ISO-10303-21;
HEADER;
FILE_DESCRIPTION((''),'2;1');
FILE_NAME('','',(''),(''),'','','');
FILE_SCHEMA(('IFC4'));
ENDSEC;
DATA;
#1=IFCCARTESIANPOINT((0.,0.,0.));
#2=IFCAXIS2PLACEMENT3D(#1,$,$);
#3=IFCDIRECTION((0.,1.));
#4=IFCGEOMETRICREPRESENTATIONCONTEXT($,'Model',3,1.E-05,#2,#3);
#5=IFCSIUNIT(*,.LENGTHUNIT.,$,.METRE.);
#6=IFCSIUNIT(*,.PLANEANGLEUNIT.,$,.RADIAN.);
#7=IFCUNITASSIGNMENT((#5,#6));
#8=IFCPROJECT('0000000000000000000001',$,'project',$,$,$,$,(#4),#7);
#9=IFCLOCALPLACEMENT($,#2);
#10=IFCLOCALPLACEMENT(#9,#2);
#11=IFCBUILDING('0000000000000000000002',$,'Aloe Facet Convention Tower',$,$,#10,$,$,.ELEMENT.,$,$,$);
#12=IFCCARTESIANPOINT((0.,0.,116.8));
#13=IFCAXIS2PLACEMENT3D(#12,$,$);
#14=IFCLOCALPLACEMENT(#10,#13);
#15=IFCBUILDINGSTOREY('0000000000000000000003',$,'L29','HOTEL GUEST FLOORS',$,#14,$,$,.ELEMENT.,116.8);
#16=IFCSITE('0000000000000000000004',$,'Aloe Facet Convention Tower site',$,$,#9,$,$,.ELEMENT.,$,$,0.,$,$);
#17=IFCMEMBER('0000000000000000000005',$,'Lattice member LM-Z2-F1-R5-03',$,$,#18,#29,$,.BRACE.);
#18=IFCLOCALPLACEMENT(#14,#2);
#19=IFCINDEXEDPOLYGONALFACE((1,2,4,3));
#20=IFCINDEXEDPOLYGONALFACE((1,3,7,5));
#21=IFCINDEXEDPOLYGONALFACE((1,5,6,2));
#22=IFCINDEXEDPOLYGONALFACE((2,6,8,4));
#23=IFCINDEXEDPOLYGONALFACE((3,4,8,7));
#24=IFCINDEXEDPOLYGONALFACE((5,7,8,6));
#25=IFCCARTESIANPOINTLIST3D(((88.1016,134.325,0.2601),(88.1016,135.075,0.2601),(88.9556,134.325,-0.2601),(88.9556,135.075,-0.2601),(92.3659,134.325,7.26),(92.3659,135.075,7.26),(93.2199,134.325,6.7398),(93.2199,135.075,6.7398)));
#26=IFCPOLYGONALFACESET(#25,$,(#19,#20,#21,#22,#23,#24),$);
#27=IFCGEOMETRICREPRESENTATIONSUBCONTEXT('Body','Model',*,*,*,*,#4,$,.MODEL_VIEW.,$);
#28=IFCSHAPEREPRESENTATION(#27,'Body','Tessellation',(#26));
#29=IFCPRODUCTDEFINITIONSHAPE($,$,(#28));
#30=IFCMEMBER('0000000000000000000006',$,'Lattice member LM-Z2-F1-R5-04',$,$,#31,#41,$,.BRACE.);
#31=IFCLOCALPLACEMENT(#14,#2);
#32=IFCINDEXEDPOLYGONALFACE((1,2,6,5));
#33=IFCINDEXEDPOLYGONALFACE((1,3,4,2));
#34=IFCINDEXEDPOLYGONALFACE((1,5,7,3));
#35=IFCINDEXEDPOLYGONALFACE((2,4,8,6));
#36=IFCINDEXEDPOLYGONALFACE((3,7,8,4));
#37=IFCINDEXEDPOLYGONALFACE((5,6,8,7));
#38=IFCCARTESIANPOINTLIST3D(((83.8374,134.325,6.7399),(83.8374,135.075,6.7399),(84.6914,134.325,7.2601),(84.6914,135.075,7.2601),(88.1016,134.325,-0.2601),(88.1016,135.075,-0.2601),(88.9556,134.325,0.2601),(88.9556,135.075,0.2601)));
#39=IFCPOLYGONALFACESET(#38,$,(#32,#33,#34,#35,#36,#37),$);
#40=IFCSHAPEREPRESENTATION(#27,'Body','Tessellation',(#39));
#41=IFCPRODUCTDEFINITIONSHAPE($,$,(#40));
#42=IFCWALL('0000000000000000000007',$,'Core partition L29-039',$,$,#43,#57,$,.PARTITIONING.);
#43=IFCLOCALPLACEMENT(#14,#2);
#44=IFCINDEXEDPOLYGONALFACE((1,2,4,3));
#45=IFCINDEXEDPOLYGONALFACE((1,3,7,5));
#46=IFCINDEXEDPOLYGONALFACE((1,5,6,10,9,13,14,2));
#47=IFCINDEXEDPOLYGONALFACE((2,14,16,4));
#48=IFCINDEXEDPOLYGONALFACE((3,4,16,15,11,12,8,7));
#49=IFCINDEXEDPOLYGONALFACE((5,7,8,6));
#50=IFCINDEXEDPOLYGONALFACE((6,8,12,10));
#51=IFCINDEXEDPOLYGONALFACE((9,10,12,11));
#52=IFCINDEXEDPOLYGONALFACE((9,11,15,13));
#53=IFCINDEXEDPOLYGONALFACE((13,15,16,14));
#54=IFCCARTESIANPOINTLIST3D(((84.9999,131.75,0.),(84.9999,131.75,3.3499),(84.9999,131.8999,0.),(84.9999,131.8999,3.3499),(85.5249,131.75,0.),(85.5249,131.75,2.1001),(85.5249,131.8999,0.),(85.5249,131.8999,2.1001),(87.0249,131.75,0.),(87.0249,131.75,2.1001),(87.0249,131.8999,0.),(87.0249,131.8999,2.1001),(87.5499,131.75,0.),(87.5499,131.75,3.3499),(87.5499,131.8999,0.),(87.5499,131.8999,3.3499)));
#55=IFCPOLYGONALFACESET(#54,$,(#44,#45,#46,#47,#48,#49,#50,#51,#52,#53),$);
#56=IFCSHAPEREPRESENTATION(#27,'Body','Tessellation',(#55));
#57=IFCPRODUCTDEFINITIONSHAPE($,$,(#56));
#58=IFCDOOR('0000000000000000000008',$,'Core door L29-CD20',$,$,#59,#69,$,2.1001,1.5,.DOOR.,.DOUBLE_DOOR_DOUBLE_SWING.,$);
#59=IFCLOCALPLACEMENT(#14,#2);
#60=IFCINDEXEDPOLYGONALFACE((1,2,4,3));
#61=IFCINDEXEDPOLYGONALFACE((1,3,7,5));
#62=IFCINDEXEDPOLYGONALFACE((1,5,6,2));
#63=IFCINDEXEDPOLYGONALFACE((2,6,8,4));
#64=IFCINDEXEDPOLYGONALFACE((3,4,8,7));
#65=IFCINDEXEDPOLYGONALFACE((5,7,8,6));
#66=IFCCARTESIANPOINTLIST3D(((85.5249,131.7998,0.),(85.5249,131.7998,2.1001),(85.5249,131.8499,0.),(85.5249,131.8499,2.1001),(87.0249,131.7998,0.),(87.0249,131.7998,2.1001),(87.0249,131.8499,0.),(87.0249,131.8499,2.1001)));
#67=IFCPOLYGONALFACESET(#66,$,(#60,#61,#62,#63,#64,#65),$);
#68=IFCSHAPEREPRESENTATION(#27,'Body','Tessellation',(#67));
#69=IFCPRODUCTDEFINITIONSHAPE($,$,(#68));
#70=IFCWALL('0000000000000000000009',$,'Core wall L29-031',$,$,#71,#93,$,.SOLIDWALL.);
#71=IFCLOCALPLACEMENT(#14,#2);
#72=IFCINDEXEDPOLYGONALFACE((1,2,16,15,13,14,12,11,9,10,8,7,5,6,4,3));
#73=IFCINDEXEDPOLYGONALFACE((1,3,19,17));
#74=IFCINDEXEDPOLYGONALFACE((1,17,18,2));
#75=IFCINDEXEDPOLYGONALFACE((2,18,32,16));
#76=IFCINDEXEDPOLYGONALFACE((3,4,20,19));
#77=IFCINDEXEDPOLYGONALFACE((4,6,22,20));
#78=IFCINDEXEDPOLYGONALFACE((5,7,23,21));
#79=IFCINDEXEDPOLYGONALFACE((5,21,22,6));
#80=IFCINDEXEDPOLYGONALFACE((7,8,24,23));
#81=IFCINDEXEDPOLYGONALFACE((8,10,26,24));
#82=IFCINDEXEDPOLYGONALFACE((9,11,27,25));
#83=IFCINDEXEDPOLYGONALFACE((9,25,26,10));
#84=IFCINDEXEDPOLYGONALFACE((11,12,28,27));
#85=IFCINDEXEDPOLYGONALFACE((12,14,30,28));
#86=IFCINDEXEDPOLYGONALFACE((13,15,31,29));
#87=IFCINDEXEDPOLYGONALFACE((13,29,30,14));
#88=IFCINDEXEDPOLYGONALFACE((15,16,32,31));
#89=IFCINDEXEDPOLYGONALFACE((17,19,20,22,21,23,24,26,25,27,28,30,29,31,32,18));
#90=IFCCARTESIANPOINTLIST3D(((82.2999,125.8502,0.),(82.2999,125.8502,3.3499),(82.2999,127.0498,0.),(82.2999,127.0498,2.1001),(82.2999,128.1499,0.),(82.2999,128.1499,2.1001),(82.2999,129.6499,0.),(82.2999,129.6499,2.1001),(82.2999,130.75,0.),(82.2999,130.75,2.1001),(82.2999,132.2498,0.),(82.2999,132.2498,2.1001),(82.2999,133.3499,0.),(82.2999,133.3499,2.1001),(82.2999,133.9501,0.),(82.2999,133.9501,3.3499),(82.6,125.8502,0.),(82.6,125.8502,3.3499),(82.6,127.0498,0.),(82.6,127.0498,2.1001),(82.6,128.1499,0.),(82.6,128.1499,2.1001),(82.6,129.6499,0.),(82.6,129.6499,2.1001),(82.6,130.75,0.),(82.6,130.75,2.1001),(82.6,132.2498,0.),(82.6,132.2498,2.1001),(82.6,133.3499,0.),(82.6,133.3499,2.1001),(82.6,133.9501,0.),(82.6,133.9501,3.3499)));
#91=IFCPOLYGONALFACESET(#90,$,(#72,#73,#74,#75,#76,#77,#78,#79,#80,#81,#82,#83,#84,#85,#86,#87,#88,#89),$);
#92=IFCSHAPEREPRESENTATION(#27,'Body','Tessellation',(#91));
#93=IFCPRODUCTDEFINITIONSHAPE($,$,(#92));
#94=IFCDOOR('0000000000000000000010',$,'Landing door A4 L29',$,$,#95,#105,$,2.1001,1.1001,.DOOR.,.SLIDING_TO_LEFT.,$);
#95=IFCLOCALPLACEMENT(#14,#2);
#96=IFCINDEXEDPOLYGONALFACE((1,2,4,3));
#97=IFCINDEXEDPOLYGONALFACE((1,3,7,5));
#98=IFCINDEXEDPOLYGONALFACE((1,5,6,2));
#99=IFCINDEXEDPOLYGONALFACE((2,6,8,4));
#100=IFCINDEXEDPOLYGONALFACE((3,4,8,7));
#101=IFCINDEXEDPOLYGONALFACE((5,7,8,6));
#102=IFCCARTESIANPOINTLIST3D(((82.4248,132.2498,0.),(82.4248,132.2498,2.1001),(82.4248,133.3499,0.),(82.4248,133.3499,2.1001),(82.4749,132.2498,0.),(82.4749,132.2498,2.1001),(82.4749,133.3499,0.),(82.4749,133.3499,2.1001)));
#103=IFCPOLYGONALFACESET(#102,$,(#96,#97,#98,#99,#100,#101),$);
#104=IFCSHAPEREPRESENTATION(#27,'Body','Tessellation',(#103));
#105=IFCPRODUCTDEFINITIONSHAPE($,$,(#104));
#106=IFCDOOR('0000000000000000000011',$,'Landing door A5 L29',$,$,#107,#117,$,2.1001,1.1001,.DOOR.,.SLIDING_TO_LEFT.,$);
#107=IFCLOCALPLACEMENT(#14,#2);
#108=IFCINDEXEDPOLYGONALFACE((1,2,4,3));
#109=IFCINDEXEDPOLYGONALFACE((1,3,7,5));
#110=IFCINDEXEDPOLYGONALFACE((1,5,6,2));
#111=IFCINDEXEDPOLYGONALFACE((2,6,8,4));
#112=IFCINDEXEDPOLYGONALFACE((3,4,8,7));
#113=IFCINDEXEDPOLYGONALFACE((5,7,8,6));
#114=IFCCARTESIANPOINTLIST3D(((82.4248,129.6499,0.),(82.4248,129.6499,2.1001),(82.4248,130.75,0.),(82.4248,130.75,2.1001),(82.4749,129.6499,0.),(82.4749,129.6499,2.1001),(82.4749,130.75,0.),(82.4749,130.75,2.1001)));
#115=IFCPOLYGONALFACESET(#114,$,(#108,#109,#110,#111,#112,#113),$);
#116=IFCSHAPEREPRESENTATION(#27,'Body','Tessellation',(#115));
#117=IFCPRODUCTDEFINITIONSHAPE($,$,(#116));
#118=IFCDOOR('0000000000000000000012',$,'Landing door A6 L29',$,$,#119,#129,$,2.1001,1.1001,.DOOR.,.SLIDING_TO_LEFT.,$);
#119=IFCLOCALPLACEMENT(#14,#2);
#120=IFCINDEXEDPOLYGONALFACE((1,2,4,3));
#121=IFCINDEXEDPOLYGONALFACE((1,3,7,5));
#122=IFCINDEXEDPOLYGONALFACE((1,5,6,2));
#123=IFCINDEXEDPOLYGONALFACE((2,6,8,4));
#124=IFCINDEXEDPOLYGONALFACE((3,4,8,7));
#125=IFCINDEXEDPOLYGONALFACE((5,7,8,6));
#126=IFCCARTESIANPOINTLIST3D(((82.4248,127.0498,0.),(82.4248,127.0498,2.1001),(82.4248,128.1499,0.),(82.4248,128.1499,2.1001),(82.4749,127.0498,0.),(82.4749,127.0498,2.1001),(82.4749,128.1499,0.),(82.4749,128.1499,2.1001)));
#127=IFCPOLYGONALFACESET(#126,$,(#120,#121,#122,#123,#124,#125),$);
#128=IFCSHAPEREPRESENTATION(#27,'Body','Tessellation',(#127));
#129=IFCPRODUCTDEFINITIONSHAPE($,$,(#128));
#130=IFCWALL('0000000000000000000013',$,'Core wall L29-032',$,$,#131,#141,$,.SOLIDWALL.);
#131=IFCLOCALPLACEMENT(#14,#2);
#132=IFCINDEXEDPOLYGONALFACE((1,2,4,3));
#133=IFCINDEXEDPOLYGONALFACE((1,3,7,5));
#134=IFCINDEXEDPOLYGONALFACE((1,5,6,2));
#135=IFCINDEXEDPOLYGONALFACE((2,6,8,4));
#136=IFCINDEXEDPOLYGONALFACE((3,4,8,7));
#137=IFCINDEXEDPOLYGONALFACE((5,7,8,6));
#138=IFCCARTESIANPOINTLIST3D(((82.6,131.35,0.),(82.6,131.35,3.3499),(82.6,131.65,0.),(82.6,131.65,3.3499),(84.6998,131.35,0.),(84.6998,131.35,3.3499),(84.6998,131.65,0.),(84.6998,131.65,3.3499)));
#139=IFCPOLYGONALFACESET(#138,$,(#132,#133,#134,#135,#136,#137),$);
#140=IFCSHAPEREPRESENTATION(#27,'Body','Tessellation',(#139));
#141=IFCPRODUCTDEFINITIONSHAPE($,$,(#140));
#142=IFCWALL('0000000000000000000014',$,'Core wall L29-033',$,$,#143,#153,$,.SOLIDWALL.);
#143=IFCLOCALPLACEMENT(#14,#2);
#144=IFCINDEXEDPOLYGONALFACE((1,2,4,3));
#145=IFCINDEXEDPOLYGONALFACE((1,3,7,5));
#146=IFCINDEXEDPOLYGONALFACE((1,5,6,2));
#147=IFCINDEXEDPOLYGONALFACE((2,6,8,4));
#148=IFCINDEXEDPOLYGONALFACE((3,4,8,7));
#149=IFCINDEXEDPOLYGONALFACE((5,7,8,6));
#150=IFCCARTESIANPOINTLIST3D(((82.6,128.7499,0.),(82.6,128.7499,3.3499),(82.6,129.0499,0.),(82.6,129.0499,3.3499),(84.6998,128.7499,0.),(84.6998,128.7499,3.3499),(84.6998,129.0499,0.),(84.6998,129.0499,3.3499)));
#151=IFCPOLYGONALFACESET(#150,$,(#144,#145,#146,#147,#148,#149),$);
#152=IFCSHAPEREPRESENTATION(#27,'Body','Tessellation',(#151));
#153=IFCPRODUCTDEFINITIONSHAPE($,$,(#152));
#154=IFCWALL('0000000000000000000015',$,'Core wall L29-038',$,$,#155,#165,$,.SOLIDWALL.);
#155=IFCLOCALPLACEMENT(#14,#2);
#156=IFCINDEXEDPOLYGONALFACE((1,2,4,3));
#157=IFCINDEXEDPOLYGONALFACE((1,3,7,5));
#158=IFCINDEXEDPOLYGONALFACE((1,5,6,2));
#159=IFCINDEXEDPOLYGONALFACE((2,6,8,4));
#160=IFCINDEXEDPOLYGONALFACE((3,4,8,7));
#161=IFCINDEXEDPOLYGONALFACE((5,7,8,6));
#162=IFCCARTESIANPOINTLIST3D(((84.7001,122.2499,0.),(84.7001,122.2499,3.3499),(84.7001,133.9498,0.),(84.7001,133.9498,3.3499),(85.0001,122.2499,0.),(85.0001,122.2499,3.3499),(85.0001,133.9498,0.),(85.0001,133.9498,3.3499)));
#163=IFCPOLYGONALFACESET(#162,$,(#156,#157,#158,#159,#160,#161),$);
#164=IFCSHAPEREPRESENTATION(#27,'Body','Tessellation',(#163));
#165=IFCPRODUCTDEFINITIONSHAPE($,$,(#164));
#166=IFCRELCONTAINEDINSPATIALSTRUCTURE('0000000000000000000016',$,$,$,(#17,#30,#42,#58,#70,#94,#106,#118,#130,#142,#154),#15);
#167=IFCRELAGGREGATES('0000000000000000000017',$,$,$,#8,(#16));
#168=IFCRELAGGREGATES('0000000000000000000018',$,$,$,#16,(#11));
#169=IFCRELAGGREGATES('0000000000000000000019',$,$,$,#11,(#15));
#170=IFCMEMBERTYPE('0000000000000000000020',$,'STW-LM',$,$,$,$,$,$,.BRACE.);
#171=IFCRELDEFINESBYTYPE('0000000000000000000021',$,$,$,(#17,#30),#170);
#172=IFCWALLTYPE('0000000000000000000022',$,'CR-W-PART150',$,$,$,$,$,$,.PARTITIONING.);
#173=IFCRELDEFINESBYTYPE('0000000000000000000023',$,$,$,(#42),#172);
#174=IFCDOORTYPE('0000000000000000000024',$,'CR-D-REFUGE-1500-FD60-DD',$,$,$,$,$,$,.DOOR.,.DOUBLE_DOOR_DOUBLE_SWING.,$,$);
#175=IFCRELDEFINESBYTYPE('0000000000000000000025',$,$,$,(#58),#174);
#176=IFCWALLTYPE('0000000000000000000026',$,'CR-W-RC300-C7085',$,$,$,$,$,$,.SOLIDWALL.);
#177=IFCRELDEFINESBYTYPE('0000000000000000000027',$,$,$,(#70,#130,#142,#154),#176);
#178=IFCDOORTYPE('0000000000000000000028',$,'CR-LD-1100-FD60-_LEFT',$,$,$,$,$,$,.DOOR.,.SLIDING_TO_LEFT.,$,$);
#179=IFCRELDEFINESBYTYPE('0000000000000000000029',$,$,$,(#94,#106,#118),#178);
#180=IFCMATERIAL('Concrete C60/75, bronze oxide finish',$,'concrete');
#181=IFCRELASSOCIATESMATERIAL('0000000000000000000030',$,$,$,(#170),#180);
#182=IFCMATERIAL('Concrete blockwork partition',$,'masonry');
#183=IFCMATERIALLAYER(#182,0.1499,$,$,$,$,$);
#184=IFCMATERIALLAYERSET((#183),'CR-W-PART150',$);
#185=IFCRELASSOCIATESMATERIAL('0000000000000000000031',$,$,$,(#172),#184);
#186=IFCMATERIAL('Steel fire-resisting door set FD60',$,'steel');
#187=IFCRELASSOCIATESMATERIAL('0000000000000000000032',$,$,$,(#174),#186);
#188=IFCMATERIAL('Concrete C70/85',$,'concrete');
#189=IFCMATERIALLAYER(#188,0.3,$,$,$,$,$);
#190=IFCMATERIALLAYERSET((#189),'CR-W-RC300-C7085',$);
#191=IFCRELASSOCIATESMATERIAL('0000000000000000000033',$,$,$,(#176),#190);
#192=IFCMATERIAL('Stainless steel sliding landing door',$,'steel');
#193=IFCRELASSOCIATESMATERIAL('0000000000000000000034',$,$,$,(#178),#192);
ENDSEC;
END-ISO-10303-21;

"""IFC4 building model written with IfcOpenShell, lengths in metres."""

from ifc_helpers import new_model, si_unit, direction, frame, frame_2d, origin, origin_2d, place, context, subcontext, project, spatial, rectangle, extrude, material, layer, layer_set, material_profile, profile_set, type_object, element, fill, save


model = new_model("IFC4")

# Units and contexts
model_context = context("Model", 3, precision=1e-05, world=origin(), true_north=direction((0.0, 1.0)))
body_context = subcontext(model_context, "Body", "Model", "MODEL_VIEW")
ifc_project = project(units=[si_unit("LENGTHUNIT", "METRE"), si_unit("PLANEANGLEUNIT", "RADIAN")], contexts=[model_context])

# Site, building, storey
site_placement = place(None, origin())
site = spatial("IfcSite", under=ifc_project, at=site_placement, Name="Aloe Facet Convention Tower site", CompositionType="ELEMENT", RefElevation=0.0)
building_placement = place(site_placement, origin())
building = spatial("IfcBuilding", under=site, at=building_placement, Name="Aloe Facet Convention Tower", CompositionType="ELEMENT")
storey_placement = place(building_placement, frame((0.0, 0.0, 116.8)))
storey = spatial("IfcBuildingStorey", under=building, at=storey_placement, Name="L29", Description="HOTEL GUEST FLOORS", CompositionType="ELEMENT", Elevation=116.8)

# Members
ifc_material_1 = material(Name="Concrete C60/75, bronze oxide finish", Category="concrete")
ifc_material_profile = material_profile(ifc_material_1, rectangle(XDim=0.75, YDim=1.0, at=origin_2d()), Name="STW-LM")
ifc_profile_set = profile_set([ifc_material_profile], Name="Concrete C60/75, bronze oxide finish")
member_type = type_object("IfcMemberType", Name="STW-LM", PredefinedType="BRACE", material=ifc_profile_set)
for number, where, z_axis, x_axis, name in (
    (1, (88.5286, 134.7, 0.0), (0.520262, 0.0, 0.854007), (0.0, 1.0, 0.0), "Lattice member LM-Z2-F1-R5-03"),
    (2, (88.5286, 134.7, 0.0), (-0.52024, 0.0, 0.85402), (0.0, -1.0, 0.0), "Lattice member LM-Z2-F1-R5-04"),
):
    element("IfcMember", number, at=place(storey_placement, frame(where, z_axis=z_axis, x_axis=x_axis)), inside=storey, type_object=member_type, Name=name, PredefinedType="BRACE", context=body_context, shape_type="SweptSolid", body=[
        extrude(rectangle(XDim=0.75, YDim=1.0, at=origin_2d()), origin(), (0.0, 0.0, 1.0), 8.1965),
    ])

# Wall, opening, door
ifc_material_2 = material(Name="Concrete blockwork partition", Category="masonry")
ifc_layer_1 = layer(ifc_material_2, 0.1499)
ifc_layer_set_1 = layer_set([ifc_layer_1], Name="CR-W-PART150")
wall_type_1 = type_object("IfcWallType", Name="CR-W-PART150", PredefinedType="PARTITIONING", material=ifc_layer_set_1)
wall_1_placement = place(storey_placement, frame((85.0, 131.825, 0.0), z_axis=(0.0, 0.0, 1.0), x_axis=(1.0, 0.0, 0.0)))
wall_1 = element("IfcWall", 3, at=wall_1_placement, inside=storey, type_object=wall_type_1, Name="Core partition L29-039", PredefinedType="PARTITIONING", context=body_context, shape_type="SweptSolid", body=[
    extrude(rectangle(XDim=2.55, YDim=0.1499, at=frame_2d((1.2749, 0.0))), origin(), (0.0, 0.0, 1.0), 3.3499),
])
opening_1_placement = place(wall_1_placement, frame((0.5249, 0.0, 0.0)))
opening_1 = element("IfcOpeningElement", 4, at=opening_1_placement, cuts=wall_1, PredefinedType="OPENING", context=body_context, shape_type="SweptSolid", body=[
    extrude(rectangle(XDim=1.5, YDim=2.1001, at=frame_2d((0.75, 1.05))), frame((0.0, 0.085, 0.0), z_axis=(0.0, -1.0, 0.0), x_axis=(1.0, 0.0, 0.0)), (0.0, 0.0, 1.0), 0.1699),
])
ifc_material_3 = material(Name="Steel fire-resisting door set FD60", Category="steel")
door_type_1 = type_object("IfcDoorType", Name="CR-D-REFUGE-1500-FD60-DD", OperationType="DOUBLE_DOOR_DOUBLE_SWING", PredefinedType="DOOR", material=ifc_material_3)
door_1_placement = place(opening_1_placement, origin())
door_1 = element("IfcDoor", 5, at=door_1_placement, inside=storey, type_object=door_type_1, Name="Core door L29-CD20", OperationType="DOUBLE_DOOR_DOUBLE_SWING", OverallHeight=2.1001, OverallWidth=1.5, PredefinedType="DOOR", context=body_context, shape_type="SweptSolid", body=[
    extrude(rectangle(XDim=1.5, YDim=2.1001, at=frame_2d((0.75, 1.05))), frame((0.0, 0.0249, 0.0), z_axis=(0.0, -1.0, 0.0), x_axis=(1.0, 0.0, 0.0)), (0.0, 0.0, 1.0), 0.05),
])
fill(opening_1, door_1)

# Wall, openings, doors
ifc_material_4 = material(Name="Concrete C70/85", Category="concrete")
ifc_layer_2 = layer(ifc_material_4, 0.3)
ifc_layer_set_2 = layer_set([ifc_layer_2], Name="CR-W-RC300-C7085")
wall_type_2 = type_object("IfcWallType", Name="CR-W-RC300-C7085", PredefinedType="SOLIDWALL", material=ifc_layer_set_2)
wall_2_placement = place(storey_placement, frame((82.45, 133.95, 0.0), z_axis=(0.0, 0.0, 1.0), x_axis=(0.0, -1.0, 0.0)))
wall_2 = element("IfcWall", 6, at=wall_2_placement, inside=storey, type_object=wall_type_2, Name="Core wall L29-031", PredefinedType="SOLIDWALL", context=body_context, shape_type="SweptSolid", body=[
    extrude(rectangle(XDim=8.0999, YDim=0.3, at=frame_2d((4.0498, 0.0))), origin(), (0.0, 0.0, 1.0), 3.3499),
])
opening_2_placement = place(wall_2_placement, frame((0.6001, 0.0, 0.0)))
opening_2 = element("IfcOpeningElement", 7, at=opening_2_placement, cuts=wall_2, PredefinedType="OPENING", context=body_context, shape_type="SweptSolid", body=[
    extrude(rectangle(XDim=1.1001, YDim=2.1001, at=frame_2d((0.55, 1.05))), frame((0.0, 0.1602, 0.0), z_axis=(0.0, -1.0, 0.0), x_axis=(1.0, 0.0, 0.0)), (0.0, 0.0, 1.0), 0.3201),
])
opening_3_placement = place(wall_2_placement, frame((3.2, 0.0, 0.0)))
opening_3 = element("IfcOpeningElement", 8, at=opening_3_placement, cuts=wall_2, PredefinedType="OPENING", context=body_context, shape_type="SweptSolid", body=[
    extrude(rectangle(XDim=1.1001, YDim=2.1001, at=frame_2d((0.55, 1.05))), frame((0.0, 0.1602, 0.0), z_axis=(0.0, -1.0, 0.0), x_axis=(1.0, 0.0, 0.0)), (0.0, 0.0, 1.0), 0.3201),
])
opening_4_placement = place(wall_2_placement, frame((5.8, 0.0, 0.0)))
opening_4 = element("IfcOpeningElement", 9, at=opening_4_placement, cuts=wall_2, PredefinedType="OPENING", context=body_context, shape_type="SweptSolid", body=[
    extrude(rectangle(XDim=1.1001, YDim=2.1001, at=frame_2d((0.55, 1.05))), frame((0.0, 0.1602, 0.0), z_axis=(0.0, -1.0, 0.0), x_axis=(1.0, 0.0, 0.0)), (0.0, 0.0, 1.0), 0.3201),
])
ifc_material_5 = material(Name="Stainless steel sliding landing door", Category="steel")
door_type_2 = type_object("IfcDoorType", Name="CR-LD-1100-FD60-_LEFT", OperationType="SLIDING_TO_LEFT", PredefinedType="DOOR", material=ifc_material_5)
door_2_placement = place(opening_2_placement, origin())
door_2 = element("IfcDoor", 10, at=door_2_placement, inside=storey, type_object=door_type_2, Name="Landing door A4 L29", OperationType="SLIDING_TO_LEFT", OverallHeight=2.1001, OverallWidth=1.1001, PredefinedType="DOOR", context=body_context, shape_type="SweptSolid", body=[
    extrude(rectangle(XDim=1.1001, YDim=2.1001, at=frame_2d((0.55, 1.05))), frame((0.0, 0.0249, 0.0), z_axis=(0.0, -1.0, 0.0), x_axis=(1.0, 0.0, 0.0)), (0.0, 0.0, 1.0), 0.05),
])
fill(opening_2, door_2)
door_3_placement = place(opening_3_placement, origin())
door_3 = element("IfcDoor", 11, at=door_3_placement, inside=storey, type_object=door_type_2, Name="Landing door A5 L29", OperationType="SLIDING_TO_LEFT", OverallHeight=2.1001, OverallWidth=1.1001, PredefinedType="DOOR", context=body_context, shape_type="SweptSolid", body=[
    extrude(rectangle(XDim=1.1001, YDim=2.1001, at=frame_2d((0.55, 1.05))), frame((0.0, 0.0249, 0.0), z_axis=(0.0, -1.0, 0.0), x_axis=(1.0, 0.0, 0.0)), (0.0, 0.0, 1.0), 0.05),
])
fill(opening_3, door_3)
door_4_placement = place(opening_4_placement, origin())
door_4 = element("IfcDoor", 12, at=door_4_placement, inside=storey, type_object=door_type_2, Name="Landing door A6 L29", OperationType="SLIDING_TO_LEFT", OverallHeight=2.1001, OverallWidth=1.1001, PredefinedType="DOOR", context=body_context, shape_type="SweptSolid", body=[
    extrude(rectangle(XDim=1.1001, YDim=2.1001, at=frame_2d((0.55, 1.05))), frame((0.0, 0.0249, 0.0), z_axis=(0.0, -1.0, 0.0), x_axis=(1.0, 0.0, 0.0)), (0.0, 0.0, 1.0), 0.05),
])
fill(opening_4, door_4)

# Walls
for number, where, z_axis, x_axis, name in (
    (13, (82.6001, 131.5, 0.0), (0.0, 0.0, 1.0), (1.0, 0.0, 0.0), "Core wall L29-032"),
    (14, (82.6001, 128.8999, 0.0), (0.0, 0.0, 1.0), (1.0, 0.0, 0.0), "Core wall L29-033"),
):
    element("IfcWall", number, at=place(storey_placement, frame(where, z_axis=z_axis, x_axis=x_axis)), inside=storey, type_object=wall_type_2, Name=name, PredefinedType="SOLIDWALL", context=body_context, shape_type="SweptSolid", body=[
        extrude(rectangle(XDim=2.0999, YDim=0.3, at=frame_2d((1.0498, 0.0))), origin(), (0.0, 0.0, 1.0), 3.3499),
    ])
wall_3_placement = place(storey_placement, frame((84.8501, 133.95, 0.0), z_axis=(0.0, 0.0, 1.0), x_axis=(0.0, -1.0, 0.0)))
element("IfcWall", 15, at=wall_3_placement, inside=storey, type_object=wall_type_2, Name="Core wall L29-038", PredefinedType="SOLIDWALL", context=body_context, shape_type="SweptSolid", body=[
    extrude(rectangle(XDim=11.7, YDim=0.3, at=frame_2d((5.8501, 0.0))), origin(), (0.0, 0.0, 1.0), 3.3499),
])

save(model, "model.ifc")
